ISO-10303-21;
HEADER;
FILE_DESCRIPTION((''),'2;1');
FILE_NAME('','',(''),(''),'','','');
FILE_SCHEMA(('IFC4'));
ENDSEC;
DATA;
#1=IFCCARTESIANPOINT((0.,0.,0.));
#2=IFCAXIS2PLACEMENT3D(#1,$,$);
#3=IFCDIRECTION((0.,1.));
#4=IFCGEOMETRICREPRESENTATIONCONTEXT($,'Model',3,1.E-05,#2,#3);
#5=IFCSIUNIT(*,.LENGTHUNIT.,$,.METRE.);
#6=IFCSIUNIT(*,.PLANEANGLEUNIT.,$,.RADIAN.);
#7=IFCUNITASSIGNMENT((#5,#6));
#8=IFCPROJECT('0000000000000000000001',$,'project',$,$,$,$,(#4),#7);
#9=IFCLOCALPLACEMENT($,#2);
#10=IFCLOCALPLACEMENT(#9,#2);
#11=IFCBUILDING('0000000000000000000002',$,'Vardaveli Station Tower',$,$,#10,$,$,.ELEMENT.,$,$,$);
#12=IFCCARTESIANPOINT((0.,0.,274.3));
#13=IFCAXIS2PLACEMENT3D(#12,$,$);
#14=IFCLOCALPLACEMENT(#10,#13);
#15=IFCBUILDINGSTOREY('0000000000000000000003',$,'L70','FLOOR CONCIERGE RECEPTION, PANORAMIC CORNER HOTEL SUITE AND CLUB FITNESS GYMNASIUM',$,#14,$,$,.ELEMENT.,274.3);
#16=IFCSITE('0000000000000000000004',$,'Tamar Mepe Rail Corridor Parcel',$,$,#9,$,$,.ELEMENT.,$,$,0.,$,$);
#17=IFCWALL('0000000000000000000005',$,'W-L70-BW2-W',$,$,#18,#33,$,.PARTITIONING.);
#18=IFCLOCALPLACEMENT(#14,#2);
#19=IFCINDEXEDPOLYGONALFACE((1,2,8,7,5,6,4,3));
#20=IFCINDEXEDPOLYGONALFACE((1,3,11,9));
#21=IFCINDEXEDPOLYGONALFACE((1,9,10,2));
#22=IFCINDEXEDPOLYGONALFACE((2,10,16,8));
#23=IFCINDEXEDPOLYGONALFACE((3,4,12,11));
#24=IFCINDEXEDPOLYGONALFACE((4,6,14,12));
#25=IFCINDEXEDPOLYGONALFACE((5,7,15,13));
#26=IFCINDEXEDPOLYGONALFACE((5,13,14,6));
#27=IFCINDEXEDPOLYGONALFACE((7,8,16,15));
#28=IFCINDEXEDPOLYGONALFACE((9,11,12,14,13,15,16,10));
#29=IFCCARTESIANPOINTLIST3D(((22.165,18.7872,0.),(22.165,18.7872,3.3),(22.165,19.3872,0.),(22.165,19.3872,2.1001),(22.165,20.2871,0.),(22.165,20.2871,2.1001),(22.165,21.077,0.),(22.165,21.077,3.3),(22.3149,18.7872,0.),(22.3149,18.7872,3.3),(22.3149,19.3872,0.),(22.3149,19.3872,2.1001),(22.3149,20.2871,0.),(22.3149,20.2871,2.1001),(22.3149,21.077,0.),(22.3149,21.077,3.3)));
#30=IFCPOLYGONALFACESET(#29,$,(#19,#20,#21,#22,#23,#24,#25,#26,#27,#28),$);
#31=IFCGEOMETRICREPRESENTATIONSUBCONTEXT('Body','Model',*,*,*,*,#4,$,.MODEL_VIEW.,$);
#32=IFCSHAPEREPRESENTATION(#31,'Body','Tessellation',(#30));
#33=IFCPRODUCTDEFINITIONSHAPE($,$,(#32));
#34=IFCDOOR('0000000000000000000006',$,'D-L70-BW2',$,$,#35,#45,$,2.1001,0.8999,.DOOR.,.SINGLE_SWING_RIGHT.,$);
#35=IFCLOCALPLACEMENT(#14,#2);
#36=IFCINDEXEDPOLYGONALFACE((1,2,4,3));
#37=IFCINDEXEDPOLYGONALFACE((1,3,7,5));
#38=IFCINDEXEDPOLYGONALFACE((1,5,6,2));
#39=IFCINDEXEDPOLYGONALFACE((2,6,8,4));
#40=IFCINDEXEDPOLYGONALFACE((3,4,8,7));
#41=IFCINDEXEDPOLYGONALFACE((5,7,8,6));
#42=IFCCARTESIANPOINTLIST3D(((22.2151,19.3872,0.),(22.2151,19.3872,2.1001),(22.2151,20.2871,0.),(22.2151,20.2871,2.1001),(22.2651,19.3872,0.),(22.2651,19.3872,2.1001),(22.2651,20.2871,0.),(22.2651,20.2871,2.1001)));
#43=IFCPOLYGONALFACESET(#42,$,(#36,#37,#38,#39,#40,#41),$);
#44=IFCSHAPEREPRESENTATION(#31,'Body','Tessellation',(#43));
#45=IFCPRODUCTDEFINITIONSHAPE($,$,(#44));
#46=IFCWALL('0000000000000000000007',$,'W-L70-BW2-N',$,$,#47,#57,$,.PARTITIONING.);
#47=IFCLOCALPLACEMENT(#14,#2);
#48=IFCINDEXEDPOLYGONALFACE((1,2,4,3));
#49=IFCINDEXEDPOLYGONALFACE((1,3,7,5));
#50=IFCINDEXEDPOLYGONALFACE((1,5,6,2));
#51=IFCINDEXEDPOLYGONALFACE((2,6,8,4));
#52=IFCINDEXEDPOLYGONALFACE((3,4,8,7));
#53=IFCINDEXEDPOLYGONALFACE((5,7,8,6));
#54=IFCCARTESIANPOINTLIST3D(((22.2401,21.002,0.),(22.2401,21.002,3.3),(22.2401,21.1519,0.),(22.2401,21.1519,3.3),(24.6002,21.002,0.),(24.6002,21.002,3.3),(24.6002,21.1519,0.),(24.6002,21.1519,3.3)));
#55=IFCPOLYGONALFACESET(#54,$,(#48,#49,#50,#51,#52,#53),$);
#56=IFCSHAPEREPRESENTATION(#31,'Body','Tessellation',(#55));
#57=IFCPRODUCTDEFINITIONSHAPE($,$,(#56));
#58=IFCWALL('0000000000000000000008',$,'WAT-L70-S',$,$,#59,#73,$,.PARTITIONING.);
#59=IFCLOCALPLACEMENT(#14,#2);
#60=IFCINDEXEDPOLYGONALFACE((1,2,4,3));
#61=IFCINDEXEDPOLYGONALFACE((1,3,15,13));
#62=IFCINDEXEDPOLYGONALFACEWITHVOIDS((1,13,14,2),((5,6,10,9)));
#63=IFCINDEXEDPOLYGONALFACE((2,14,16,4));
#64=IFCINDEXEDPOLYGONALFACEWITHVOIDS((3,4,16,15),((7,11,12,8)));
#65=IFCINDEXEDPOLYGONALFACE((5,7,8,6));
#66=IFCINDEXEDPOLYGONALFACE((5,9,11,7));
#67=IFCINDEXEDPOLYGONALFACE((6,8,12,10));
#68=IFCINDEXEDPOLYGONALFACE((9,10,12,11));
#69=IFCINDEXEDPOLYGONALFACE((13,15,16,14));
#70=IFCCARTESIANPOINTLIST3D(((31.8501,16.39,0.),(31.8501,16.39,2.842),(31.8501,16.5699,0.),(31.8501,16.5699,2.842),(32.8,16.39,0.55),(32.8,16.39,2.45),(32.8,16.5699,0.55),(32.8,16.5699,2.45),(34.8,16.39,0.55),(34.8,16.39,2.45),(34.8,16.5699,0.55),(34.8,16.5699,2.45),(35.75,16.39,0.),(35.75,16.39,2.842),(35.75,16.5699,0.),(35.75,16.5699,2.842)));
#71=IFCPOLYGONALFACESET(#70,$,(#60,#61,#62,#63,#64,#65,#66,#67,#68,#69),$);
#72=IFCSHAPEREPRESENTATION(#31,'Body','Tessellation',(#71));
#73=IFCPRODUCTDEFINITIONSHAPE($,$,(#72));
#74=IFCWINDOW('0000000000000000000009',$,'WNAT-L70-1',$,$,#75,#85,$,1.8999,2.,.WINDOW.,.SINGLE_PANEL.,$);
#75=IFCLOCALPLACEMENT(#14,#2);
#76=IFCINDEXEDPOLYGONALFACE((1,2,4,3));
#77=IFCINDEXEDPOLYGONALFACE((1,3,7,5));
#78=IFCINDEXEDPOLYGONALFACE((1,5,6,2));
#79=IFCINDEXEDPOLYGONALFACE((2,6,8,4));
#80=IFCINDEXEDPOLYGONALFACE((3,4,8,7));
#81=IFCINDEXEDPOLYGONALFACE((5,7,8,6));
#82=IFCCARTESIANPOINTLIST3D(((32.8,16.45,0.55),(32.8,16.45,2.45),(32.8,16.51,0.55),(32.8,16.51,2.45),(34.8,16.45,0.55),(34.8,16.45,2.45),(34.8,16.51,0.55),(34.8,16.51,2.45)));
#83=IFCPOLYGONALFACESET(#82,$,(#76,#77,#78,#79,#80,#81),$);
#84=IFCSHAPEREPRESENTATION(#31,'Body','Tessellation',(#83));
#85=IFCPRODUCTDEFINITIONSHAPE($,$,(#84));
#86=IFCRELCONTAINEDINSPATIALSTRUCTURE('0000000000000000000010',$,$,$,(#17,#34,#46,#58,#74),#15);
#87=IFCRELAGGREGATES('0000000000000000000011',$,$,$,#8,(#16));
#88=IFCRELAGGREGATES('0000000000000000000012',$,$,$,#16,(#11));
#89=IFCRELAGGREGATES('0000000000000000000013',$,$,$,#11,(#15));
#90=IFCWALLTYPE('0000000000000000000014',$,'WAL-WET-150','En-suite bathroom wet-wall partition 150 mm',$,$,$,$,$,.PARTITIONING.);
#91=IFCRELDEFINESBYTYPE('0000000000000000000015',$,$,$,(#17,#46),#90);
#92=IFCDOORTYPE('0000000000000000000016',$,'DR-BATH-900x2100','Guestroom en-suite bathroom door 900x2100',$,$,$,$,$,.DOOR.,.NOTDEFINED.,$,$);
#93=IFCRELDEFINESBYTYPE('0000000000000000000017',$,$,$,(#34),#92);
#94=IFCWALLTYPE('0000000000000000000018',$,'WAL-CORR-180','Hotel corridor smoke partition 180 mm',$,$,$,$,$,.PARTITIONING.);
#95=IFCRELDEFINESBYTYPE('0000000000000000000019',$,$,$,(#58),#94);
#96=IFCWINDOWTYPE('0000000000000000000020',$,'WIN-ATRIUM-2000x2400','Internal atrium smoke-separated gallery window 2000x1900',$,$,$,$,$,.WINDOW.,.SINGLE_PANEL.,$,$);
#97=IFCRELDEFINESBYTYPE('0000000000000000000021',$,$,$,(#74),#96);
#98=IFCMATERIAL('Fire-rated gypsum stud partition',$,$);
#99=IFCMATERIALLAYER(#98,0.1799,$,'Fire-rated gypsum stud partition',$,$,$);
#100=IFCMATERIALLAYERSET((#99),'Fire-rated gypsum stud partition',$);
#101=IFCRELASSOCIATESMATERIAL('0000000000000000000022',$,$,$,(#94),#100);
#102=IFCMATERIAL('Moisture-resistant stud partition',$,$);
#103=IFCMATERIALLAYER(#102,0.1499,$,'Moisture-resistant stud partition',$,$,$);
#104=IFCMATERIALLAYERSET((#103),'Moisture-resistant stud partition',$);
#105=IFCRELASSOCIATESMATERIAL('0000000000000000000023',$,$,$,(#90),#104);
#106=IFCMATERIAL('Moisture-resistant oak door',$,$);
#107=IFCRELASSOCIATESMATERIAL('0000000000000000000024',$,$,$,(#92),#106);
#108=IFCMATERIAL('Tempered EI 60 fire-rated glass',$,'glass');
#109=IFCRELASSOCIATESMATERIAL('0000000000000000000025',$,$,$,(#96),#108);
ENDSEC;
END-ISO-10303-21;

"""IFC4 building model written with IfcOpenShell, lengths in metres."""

from ifc_helpers import new_model, si_unit, direction, frame, frame_2d, origin, place, context, subcontext, project, spatial, rectangle, extrude, source, transform, mapped, material, layer, layer_set, type_object, element, fill, save


model = new_model("IFC4")

# Units and contexts
model_context = context("Model", 3, precision=1e-05, world=origin(), true_north=direction((0.0, 1.0)))
body_context = subcontext(model_context, "Body", "Model", "MODEL_VIEW")
ifc_project = project(units=[si_unit("LENGTHUNIT", "METRE"), si_unit("PLANEANGLEUNIT", "RADIAN")], contexts=[model_context])

# Site, building, storey
site_placement = place(None, origin())
site = spatial("IfcSite", under=ifc_project, at=site_placement, Name="Tamar Mepe Rail Corridor Parcel", CompositionType="ELEMENT", RefElevation=0.0)
building_placement = place(site_placement, origin())
building = spatial("IfcBuilding", under=site, at=building_placement, Name="Vardaveli Station Tower", CompositionType="ELEMENT")
storey_placement = place(building_placement, frame((0.0, 0.0, 274.3)))
storey = spatial("IfcBuildingStorey", under=building, at=storey_placement, Name="L70", Description="FLOOR CONCIERGE RECEPTION, PANORAMIC CORNER HOTEL SUITE AND CLUB FITNESS GYMNASIUM", CompositionType="ELEMENT", Elevation=274.3)

# Shared definitions
ifc_material_1 = material(Name="Fire-rated gypsum stud partition")
ifc_layer_1 = layer(ifc_material_1, 0.1799, Name="Fire-rated gypsum stud partition")
ifc_layer_set_1 = layer_set([ifc_layer_1], Name="Fire-rated gypsum stud partition")
wall_type_1 = type_object("IfcWallType", Name="WAL-CORR-180", Description="Hotel corridor smoke partition 180 mm", PredefinedType="PARTITIONING", material=ifc_layer_set_1)

# Wall, opening, door
ifc_material_2 = material(Name="Moisture-resistant stud partition")
ifc_layer_2 = layer(ifc_material_2, 0.1499, Name="Moisture-resistant stud partition")
ifc_layer_set_2 = layer_set([ifc_layer_2], Name="Moisture-resistant stud partition")
wall_type_2 = type_object("IfcWallType", Name="WAL-WET-150", Description="En-suite bathroom wet-wall partition 150 mm", PredefinedType="PARTITIONING", material=ifc_layer_set_2)
shared_shape_1 = source(origin(), body_context, "Body", "SweptSolid", [
    extrude(rectangle(XDim=2.2898, YDim=0.1499, at=frame_2d((1.145, 0.0))), origin(), (0.0, 0.0, 1.0), 3.3),
])
wall_1_placement = place(storey_placement, frame((22.24, 18.7871, 0.0), z_axis=(0.0, 0.0, 1.0), x_axis=(0.0, 1.0, 0.0)))
wall_1 = element("IfcWall", 1, at=wall_1_placement, inside=storey, type_object=wall_type_2, Name="W-L70-BW2-W", PredefinedType="PARTITIONING", context=body_context, shape_type="MappedRepresentation", body=[
    mapped(shared_shape_1, transform((0.0, 0.0, 0.0), scale=1.0)),
])
shared_shape_2 = source(origin(), body_context, "Body", "SweptSolid", [
    extrude(rectangle(XDim=0.8999, YDim=2.1001, at=frame_2d((0.45, 1.05))), frame((0.0, 0.085, 0.0), z_axis=(0.0, -1.0, 0.0), x_axis=(1.0, 0.0, 0.0)), (0.0, 0.0, 1.0), 0.1699),
])
opening_1_placement = place(wall_1_placement, frame((0.6001, 0.0, 0.0)))
opening_1 = element("IfcOpeningElement", 2, at=opening_1_placement, cuts=wall_1, PredefinedType="OPENING", context=body_context, shape_type="MappedRepresentation", body=[
    mapped(shared_shape_2, transform((0.0, 0.0, 0.0), scale=1.0)),
])
ifc_material_3 = material(Name="Moisture-resistant oak door")
door_type_1 = type_object("IfcDoorType", Name="DR-BATH-900x2100", Description="Guestroom en-suite bathroom door 900x2100", OperationType="NOTDEFINED", PredefinedType="DOOR", material=ifc_material_3)
shared_shape_3 = source(origin(), body_context, "Body", "SweptSolid", [
    extrude(rectangle(XDim=0.8999, YDim=2.1001, at=frame_2d((0.45, 1.05))), frame((0.0, 0.0249, 0.0), z_axis=(0.0, -1.0, 0.0), x_axis=(1.0, 0.0, 0.0)), (0.0, 0.0, 1.0), 0.05),
])
door_1_placement = place(opening_1_placement, origin())
door_1 = element("IfcDoor", 3, at=door_1_placement, inside=storey, type_object=door_type_1, Name="D-L70-BW2", OperationType="SINGLE_SWING_RIGHT", OverallHeight=2.1001, OverallWidth=0.8999, PredefinedType="DOOR", context=body_context, shape_type="MappedRepresentation", body=[
    mapped(shared_shape_3, transform((0.0, 0.0, 0.0), scale=1.0)),
])
fill(opening_1, door_1)

# Wall
shared_shape_4 = source(origin(), body_context, "Body", "SweptSolid", [
    extrude(rectangle(XDim=2.3601, YDim=0.1499, at=frame_2d((1.1802, 0.0))), origin(), (0.0, 0.0, 1.0), 3.3),
])
wall_2_placement = place(storey_placement, frame((22.24, 21.0769, 0.0), z_axis=(0.0, 0.0, 1.0), x_axis=(1.0, 0.0, 0.0)))
element("IfcWall", 4, at=wall_2_placement, inside=storey, type_object=wall_type_2, Name="W-L70-BW2-N", PredefinedType="PARTITIONING", context=body_context, shape_type="MappedRepresentation", body=[
    mapped(shared_shape_4, transform((0.0, 0.0, 0.0), scale=1.0)),
])

# Wall, opening, window
shared_shape_5 = source(origin(), body_context, "Body", "SweptSolid", [
    extrude(rectangle(XDim=3.8999, YDim=0.1799, at=frame_2d((1.95, 0.0))), origin(), (0.0, 0.0, 1.0), 2.842),
])
wall_3_placement = place(storey_placement, frame((31.8501, 16.48, 0.0), z_axis=(0.0, 0.0, 1.0), x_axis=(1.0, 0.0, 0.0)))
wall_3 = element("IfcWall", 5, at=wall_3_placement, inside=storey, type_object=wall_type_1, Name="WAT-L70-S", PredefinedType="PARTITIONING", context=body_context, shape_type="MappedRepresentation", body=[
    mapped(shared_shape_5, transform((0.0, 0.0, 0.0), scale=1.0)),
])
shared_shape_6 = source(origin(), body_context, "Body", "SweptSolid", [
    extrude(rectangle(XDim=2.0, YDim=1.8999, at=frame_2d((1.0, 0.95))), frame((0.0, 0.1001, 0.0), z_axis=(0.0, -1.0, 0.0), x_axis=(1.0, 0.0, 0.0)), (0.0, 0.0, 1.0), 0.2),
])
opening_2_placement = place(wall_3_placement, frame((0.95, 0.0, 0.55)))
opening_2 = element("IfcOpeningElement", 6, at=opening_2_placement, cuts=wall_3, PredefinedType="OPENING", context=body_context, shape_type="MappedRepresentation", body=[
    mapped(shared_shape_6, transform((0.0, 0.0, 0.0), scale=1.0)),
])
ifc_material_4 = material(Name="Tempered EI 60 fire-rated glass", Category="glass")
window_type = type_object("IfcWindowType", Name="WIN-ATRIUM-2000x2400", Description="Internal atrium smoke-separated gallery window 2000x1900", PartitioningType="SINGLE_PANEL", PredefinedType="WINDOW", material=ifc_material_4)
shared_shape_7 = source(origin(), body_context, "Body", "SweptSolid", [
    extrude(rectangle(XDim=2.0, YDim=1.8999, at=frame_2d((1.0, 0.95))), frame((0.0, 0.03, 0.0), z_axis=(0.0, -1.0, 0.0), x_axis=(1.0, 0.0, 0.0)), (0.0, 0.0, 1.0), 0.0601),
])
window_placement = place(opening_2_placement, origin())
window = element("IfcWindow", 7, at=window_placement, inside=storey, type_object=window_type, Name="WNAT-L70-1", OverallHeight=1.8999, OverallWidth=2.0, PartitioningType="SINGLE_PANEL", PredefinedType="WINDOW", context=body_context, shape_type="MappedRepresentation", body=[
    mapped(shared_shape_7, transform((0.0, 0.0, 0.0), scale=1.0)),
])
fill(opening_2, window)

save(model, "model.ifc")
